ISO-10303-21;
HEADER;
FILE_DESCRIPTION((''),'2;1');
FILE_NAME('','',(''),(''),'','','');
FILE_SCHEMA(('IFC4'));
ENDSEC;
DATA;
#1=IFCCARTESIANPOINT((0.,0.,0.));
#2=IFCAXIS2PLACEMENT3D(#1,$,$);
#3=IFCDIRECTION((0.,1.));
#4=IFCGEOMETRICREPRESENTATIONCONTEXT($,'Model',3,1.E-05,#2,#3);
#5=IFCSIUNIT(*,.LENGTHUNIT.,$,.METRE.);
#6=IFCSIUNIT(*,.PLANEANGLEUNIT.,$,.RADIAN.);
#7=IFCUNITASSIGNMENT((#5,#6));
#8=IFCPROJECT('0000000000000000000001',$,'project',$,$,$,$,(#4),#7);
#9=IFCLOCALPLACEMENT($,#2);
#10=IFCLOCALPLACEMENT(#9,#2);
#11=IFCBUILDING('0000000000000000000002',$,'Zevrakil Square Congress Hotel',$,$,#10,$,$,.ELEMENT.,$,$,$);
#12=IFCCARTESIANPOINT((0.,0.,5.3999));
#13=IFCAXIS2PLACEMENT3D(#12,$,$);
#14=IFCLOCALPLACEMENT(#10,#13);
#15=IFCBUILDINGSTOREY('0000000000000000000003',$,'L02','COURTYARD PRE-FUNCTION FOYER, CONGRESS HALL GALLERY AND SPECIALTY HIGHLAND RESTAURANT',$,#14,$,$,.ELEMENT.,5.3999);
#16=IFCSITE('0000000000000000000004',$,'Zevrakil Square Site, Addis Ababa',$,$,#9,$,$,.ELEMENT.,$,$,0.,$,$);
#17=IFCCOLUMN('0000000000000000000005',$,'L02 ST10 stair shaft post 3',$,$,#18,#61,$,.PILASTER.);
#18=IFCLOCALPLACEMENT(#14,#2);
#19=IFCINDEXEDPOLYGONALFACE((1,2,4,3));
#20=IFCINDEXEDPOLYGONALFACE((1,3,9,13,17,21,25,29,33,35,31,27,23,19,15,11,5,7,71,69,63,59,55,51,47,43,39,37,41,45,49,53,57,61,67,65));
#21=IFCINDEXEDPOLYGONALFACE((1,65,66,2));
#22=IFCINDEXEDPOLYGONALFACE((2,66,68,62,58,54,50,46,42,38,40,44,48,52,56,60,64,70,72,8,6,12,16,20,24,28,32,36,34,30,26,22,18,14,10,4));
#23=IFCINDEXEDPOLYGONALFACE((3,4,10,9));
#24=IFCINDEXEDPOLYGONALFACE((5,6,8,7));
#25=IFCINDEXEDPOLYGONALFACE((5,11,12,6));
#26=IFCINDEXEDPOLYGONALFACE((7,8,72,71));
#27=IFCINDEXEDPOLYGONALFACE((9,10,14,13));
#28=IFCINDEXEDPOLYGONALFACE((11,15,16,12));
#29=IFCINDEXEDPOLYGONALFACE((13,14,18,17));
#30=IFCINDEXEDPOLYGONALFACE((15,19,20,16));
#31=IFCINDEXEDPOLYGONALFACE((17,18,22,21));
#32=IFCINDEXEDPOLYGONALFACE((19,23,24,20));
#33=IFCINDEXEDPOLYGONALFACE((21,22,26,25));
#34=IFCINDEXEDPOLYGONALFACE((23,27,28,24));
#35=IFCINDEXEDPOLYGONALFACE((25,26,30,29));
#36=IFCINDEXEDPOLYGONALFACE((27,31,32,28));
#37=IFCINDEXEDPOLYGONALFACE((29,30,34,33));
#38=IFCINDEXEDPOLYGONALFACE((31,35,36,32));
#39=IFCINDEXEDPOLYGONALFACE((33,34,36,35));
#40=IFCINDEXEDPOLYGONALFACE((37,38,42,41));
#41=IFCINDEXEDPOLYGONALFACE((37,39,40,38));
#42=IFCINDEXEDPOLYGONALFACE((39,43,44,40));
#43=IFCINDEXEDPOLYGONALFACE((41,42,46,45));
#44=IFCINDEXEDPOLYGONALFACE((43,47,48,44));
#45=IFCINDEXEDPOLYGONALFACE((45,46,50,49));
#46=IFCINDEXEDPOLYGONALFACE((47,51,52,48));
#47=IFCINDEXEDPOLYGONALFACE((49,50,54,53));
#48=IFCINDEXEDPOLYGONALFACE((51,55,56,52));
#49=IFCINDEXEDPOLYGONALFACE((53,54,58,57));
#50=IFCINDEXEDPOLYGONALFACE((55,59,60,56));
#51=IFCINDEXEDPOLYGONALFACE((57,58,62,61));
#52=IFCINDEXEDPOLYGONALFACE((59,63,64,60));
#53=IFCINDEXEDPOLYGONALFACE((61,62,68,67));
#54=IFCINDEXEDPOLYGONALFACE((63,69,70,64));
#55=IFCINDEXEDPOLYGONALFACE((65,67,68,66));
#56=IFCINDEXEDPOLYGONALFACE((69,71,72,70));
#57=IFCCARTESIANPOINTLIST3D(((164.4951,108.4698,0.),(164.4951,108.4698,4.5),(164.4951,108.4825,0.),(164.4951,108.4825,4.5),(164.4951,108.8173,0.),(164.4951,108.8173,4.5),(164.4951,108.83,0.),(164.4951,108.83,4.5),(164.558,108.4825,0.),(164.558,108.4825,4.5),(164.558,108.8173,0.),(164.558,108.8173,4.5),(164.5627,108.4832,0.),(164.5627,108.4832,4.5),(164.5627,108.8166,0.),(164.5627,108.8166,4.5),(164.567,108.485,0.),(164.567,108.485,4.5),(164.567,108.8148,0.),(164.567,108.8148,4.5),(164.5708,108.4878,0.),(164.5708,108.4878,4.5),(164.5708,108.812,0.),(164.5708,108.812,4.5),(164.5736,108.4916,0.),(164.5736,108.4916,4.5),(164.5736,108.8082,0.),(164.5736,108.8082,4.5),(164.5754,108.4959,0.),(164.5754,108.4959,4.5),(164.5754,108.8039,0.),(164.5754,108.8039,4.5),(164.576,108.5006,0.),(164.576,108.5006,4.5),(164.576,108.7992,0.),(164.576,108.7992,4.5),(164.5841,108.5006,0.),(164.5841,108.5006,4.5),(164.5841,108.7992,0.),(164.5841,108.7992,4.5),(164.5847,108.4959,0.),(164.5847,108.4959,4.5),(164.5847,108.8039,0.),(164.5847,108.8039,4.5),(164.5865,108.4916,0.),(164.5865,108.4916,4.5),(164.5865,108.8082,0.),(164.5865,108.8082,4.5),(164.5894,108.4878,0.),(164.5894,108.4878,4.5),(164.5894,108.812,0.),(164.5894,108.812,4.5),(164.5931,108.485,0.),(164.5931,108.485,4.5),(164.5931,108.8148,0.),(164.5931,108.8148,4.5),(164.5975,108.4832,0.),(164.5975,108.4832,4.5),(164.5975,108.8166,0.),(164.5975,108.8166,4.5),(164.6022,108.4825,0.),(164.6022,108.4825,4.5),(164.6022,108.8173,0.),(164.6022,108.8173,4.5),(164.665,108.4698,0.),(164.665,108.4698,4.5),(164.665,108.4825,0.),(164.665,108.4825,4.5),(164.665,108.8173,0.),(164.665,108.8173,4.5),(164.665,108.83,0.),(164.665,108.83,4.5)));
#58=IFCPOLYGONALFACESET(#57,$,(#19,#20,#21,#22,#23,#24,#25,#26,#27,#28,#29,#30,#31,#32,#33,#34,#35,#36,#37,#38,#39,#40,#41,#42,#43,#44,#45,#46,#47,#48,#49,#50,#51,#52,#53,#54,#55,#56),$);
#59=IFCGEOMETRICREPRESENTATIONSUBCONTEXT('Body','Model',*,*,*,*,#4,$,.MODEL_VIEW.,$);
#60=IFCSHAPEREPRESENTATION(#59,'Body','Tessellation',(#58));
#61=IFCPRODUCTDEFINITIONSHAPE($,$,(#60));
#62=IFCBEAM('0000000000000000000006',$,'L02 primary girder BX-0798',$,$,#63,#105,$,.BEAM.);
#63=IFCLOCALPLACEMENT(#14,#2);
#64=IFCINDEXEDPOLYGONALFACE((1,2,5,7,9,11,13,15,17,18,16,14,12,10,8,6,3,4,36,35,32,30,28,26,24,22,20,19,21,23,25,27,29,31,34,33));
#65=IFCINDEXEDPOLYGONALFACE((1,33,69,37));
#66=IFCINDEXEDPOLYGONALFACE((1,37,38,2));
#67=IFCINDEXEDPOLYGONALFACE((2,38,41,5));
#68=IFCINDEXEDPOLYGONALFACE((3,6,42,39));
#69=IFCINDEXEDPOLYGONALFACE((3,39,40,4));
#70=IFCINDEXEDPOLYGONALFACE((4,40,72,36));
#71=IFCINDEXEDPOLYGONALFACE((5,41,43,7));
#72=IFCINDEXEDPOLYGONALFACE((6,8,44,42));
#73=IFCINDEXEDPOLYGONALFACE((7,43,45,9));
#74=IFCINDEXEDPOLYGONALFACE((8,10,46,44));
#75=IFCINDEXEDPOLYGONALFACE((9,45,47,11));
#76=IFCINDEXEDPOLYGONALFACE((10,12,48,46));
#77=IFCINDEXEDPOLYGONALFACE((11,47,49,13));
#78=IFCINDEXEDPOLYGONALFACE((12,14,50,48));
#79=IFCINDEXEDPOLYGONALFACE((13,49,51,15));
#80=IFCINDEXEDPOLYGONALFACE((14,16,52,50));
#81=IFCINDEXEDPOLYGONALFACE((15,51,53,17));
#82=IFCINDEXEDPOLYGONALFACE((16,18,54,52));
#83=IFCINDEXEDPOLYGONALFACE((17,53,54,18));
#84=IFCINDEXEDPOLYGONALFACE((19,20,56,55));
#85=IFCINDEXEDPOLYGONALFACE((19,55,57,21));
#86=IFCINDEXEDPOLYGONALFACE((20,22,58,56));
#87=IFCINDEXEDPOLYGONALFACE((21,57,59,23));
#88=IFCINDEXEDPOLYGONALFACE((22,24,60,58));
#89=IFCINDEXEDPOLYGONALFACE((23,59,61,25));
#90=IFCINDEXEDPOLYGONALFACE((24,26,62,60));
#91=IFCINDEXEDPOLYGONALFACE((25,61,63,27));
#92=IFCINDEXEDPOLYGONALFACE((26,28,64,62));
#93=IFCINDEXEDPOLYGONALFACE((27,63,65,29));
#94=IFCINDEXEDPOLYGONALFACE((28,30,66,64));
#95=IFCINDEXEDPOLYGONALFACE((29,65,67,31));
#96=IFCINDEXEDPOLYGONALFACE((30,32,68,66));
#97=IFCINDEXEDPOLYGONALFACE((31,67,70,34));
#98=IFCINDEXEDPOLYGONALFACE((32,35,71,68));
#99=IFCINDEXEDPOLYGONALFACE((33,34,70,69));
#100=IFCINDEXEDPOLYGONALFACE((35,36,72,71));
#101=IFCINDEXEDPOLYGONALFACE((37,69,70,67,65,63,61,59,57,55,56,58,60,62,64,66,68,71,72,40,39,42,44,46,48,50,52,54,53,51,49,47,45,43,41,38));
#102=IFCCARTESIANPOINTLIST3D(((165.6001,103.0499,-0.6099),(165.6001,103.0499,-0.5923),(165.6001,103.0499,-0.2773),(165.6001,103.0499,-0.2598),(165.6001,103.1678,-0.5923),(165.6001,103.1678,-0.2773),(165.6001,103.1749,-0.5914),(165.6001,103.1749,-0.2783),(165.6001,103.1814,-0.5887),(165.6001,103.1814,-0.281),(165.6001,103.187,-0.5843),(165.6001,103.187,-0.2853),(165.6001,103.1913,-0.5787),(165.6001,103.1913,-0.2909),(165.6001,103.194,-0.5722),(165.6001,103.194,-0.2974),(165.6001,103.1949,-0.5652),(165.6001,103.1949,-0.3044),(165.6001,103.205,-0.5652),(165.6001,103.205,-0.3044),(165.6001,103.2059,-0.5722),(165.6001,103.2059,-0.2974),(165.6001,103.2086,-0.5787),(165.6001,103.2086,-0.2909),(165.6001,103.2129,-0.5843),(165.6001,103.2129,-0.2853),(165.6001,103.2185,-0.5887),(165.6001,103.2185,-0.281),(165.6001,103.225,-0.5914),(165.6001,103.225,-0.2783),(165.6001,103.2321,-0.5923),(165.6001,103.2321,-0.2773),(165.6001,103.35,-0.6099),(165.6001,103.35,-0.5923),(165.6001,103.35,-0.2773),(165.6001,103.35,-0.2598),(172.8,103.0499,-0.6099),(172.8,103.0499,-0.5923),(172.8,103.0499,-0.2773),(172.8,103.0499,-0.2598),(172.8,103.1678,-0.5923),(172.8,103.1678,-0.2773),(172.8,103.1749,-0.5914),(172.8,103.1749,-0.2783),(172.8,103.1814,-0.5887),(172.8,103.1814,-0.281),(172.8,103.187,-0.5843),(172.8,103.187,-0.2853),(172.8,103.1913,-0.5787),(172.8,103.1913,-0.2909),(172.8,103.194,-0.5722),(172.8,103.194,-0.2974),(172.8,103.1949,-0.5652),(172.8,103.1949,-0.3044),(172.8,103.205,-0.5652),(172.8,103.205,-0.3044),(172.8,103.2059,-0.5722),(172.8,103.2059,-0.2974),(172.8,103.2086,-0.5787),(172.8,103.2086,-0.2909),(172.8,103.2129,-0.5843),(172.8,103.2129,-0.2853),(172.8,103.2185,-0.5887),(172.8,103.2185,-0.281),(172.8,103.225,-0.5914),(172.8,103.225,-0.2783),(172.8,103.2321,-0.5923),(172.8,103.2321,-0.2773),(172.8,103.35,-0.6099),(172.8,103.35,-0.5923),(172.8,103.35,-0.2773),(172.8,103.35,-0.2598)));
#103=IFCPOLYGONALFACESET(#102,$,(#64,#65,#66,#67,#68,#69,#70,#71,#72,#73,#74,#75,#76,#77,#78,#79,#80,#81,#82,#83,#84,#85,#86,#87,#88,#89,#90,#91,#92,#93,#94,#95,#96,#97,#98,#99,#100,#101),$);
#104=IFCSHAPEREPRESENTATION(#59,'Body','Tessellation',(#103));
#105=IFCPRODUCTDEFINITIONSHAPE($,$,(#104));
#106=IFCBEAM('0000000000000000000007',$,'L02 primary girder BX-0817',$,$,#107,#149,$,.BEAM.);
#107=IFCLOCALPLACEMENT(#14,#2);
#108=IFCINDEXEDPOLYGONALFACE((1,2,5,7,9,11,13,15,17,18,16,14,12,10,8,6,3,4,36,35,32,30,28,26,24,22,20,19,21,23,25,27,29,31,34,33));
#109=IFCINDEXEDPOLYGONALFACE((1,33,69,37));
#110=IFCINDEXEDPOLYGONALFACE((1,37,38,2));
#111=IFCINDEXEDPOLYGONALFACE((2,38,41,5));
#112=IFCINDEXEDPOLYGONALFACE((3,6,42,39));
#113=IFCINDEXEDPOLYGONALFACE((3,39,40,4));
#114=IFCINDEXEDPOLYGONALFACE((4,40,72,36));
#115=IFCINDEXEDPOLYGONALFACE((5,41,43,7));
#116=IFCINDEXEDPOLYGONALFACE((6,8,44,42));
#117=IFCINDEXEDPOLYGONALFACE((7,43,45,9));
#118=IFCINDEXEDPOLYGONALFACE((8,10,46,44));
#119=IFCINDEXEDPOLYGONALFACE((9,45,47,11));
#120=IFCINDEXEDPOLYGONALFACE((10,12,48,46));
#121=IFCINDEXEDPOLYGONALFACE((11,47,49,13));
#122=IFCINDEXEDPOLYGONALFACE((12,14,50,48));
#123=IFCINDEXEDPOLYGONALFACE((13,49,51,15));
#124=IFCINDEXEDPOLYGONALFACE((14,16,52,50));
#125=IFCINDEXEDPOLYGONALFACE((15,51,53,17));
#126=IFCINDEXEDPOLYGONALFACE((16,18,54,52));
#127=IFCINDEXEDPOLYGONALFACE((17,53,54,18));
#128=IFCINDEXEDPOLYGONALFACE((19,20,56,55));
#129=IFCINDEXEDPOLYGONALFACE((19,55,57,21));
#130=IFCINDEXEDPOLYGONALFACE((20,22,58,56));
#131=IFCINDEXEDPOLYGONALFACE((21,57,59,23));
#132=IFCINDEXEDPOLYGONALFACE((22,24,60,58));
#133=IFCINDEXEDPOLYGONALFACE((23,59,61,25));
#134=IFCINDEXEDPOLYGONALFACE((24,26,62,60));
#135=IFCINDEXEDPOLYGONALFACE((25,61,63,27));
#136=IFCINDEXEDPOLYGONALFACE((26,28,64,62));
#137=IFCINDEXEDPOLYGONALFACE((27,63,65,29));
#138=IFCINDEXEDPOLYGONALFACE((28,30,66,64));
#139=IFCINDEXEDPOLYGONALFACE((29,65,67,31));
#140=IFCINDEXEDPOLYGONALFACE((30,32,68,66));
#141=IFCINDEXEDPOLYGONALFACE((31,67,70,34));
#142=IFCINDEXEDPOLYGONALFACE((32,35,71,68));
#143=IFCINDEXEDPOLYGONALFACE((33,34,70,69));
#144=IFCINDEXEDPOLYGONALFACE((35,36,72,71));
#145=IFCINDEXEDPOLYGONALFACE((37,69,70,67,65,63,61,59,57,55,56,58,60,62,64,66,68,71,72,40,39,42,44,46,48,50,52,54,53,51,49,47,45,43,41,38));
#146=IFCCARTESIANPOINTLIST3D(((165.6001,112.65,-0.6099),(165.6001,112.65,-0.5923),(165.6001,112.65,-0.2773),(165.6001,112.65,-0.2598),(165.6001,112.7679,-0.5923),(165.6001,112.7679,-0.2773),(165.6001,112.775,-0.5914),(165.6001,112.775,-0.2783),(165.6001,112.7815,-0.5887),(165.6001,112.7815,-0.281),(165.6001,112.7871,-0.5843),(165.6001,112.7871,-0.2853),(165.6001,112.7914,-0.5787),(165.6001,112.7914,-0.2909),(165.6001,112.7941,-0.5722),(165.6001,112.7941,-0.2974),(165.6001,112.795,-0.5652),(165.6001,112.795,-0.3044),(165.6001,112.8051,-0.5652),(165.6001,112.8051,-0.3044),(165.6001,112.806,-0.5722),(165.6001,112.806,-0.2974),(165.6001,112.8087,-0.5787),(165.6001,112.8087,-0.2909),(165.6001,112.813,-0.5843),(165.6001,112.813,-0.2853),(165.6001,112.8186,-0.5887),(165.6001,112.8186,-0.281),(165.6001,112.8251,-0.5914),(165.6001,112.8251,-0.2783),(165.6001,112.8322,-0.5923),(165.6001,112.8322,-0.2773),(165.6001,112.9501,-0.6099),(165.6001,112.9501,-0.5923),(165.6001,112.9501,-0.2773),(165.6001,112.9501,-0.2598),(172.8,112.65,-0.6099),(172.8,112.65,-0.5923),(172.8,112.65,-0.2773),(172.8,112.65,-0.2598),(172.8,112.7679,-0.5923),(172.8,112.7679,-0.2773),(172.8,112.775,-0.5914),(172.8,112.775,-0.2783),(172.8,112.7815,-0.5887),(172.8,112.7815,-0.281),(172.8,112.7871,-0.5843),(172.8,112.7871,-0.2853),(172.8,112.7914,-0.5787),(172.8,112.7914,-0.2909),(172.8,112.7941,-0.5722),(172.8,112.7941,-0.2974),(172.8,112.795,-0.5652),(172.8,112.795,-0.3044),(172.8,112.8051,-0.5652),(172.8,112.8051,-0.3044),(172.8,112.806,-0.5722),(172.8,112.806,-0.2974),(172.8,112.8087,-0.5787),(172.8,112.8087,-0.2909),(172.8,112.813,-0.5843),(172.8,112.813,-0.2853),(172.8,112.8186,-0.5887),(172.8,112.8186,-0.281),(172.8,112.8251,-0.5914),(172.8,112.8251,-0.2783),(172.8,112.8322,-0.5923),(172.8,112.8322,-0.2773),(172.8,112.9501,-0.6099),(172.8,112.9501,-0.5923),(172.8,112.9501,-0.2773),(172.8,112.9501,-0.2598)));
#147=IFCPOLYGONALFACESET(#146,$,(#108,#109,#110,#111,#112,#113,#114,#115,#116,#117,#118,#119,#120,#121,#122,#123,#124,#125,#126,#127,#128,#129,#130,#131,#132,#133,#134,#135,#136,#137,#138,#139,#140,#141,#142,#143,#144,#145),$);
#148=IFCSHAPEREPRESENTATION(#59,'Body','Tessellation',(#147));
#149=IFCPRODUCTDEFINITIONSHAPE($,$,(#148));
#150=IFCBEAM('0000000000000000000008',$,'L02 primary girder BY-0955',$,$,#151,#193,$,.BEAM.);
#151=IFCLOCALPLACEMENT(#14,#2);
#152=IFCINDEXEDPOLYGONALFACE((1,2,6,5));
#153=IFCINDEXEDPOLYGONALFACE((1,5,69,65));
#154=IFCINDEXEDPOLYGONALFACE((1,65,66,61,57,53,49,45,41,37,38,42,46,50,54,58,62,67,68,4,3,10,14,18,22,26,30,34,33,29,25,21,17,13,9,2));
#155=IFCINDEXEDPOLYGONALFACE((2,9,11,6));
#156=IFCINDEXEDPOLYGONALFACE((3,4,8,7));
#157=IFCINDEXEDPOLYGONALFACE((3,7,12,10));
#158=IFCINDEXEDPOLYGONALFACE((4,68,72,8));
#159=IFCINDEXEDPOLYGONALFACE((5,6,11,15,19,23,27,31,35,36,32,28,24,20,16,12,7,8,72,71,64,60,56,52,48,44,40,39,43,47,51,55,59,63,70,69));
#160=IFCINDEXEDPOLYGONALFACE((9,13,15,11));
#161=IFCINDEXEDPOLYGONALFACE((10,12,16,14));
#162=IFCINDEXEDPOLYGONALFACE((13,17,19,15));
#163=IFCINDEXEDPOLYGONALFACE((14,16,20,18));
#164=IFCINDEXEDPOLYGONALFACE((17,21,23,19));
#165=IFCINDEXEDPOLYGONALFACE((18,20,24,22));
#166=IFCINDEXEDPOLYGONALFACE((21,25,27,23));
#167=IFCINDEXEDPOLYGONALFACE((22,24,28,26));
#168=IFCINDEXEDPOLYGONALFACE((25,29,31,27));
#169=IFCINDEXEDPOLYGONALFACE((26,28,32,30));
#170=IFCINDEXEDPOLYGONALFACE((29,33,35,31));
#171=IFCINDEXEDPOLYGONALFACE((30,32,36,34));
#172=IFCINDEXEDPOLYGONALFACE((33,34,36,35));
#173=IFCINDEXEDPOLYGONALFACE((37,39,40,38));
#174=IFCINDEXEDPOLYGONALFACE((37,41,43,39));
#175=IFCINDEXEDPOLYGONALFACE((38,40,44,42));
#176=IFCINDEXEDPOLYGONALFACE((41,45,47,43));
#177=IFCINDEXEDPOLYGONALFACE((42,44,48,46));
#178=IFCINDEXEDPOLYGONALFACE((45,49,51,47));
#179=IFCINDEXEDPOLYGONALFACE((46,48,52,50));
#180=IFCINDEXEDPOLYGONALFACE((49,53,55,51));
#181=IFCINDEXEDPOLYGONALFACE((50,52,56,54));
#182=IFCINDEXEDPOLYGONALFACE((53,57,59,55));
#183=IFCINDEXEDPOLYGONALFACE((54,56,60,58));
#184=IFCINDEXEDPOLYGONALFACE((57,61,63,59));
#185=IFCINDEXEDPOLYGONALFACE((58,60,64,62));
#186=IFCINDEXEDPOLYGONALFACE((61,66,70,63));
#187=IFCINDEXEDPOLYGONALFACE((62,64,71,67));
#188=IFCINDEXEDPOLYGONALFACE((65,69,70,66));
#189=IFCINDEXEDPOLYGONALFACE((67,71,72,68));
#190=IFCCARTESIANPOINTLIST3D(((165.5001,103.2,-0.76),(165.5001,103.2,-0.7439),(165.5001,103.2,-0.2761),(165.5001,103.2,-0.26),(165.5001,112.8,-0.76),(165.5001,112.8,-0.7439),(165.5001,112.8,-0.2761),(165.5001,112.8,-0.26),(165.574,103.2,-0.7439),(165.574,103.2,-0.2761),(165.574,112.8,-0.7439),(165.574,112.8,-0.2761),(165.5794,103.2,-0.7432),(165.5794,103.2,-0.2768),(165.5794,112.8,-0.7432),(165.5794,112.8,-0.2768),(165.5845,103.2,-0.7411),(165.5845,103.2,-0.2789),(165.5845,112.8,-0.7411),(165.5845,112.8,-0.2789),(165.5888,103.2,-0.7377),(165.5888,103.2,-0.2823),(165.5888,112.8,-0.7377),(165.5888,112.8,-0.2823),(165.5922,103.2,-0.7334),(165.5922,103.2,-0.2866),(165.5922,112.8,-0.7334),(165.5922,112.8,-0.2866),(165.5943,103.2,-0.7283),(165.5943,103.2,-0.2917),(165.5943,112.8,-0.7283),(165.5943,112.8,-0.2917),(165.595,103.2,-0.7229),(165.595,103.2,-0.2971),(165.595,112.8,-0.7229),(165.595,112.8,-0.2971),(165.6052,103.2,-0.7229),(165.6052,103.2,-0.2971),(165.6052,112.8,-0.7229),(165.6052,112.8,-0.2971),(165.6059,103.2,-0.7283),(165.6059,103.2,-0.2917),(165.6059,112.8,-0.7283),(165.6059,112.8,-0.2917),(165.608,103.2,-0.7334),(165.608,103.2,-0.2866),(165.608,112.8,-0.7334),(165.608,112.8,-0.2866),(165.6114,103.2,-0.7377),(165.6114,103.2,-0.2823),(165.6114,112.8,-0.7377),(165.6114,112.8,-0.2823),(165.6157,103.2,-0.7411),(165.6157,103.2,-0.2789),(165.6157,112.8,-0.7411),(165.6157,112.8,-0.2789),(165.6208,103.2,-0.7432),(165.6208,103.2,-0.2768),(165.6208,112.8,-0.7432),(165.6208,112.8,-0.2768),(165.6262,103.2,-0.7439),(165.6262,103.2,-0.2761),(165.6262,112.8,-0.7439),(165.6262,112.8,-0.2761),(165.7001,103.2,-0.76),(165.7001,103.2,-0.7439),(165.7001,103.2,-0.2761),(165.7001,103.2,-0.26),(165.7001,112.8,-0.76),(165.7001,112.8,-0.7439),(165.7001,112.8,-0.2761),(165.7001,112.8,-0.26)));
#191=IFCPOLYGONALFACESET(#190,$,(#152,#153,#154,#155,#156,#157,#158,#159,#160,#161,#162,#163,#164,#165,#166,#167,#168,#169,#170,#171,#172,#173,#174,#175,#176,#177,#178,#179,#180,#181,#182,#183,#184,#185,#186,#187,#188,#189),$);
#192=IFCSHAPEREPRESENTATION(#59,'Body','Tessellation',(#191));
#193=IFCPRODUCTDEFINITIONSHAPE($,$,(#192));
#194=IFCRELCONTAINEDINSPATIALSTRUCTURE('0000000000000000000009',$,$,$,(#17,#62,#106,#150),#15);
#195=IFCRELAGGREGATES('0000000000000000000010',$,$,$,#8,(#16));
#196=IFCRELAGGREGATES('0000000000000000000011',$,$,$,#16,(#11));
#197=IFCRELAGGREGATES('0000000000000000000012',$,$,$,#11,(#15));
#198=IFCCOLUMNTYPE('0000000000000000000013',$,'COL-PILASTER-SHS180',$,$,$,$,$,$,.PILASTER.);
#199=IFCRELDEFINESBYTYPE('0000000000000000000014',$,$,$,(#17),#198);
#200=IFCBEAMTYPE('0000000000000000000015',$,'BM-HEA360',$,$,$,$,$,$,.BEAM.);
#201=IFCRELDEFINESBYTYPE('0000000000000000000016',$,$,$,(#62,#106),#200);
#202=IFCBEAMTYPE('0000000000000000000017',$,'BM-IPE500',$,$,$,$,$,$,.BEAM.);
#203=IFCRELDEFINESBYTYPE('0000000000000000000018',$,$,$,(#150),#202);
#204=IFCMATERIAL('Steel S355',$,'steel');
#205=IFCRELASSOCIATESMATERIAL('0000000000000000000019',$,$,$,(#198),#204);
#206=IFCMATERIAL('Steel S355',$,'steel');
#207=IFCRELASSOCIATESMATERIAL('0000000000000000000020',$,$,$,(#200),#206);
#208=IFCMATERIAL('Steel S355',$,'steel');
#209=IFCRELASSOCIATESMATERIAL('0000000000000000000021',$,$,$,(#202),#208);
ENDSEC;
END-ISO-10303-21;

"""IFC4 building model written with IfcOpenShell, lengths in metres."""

from ifc_helpers import new_model, si_unit, direction, frame, origin, origin_2d, place, context, subcontext, project, spatial, i_section, extrude, material, material_profile, profile_set, type_object, element, save


model = new_model("IFC4")

# Units and contexts
model_context = context("Model", 3, precision=1e-05, world=origin(), true_north=direction((0.0, 1.0)))
body_context = subcontext(model_context, "Body", "Model", "MODEL_VIEW")
ifc_project = project(units=[si_unit("LENGTHUNIT", "METRE"), si_unit("PLANEANGLEUNIT", "RADIAN")], contexts=[model_context])

# Site, building, storey
site_placement = place(None, origin())
site = spatial("IfcSite", under=ifc_project, at=site_placement, Name="Zevrakil Square Site, Addis Ababa", CompositionType="ELEMENT", RefElevation=0.0)
building_placement = place(site_placement, origin())
building = spatial("IfcBuilding", under=site, at=building_placement, Name="Zevrakil Square Congress Hotel", CompositionType="ELEMENT")
storey_placement = place(building_placement, frame((0.0, 0.0, 5.3999)))
storey = spatial("IfcBuildingStorey", under=building, at=storey_placement, Name="L02", Description="COURTYARD PRE-FUNCTION FOYER, CONGRESS HALL GALLERY AND SPECIALTY HIGHLAND RESTAURANT", CompositionType="ELEMENT", Elevation=5.3999)

# Column
ifc_material_1 = material(Name="Steel S355", Category="steel")
ifc_material_profile_1 = material_profile(ifc_material_1, i_section(OverallWidth=0.1699, OverallDepth=0.3601, WebThickness=0.0081, FlangeThickness=0.0127, FilletRadius=0.0181, at=origin_2d()), Name="IPE 360")
ifc_profile_set_1 = profile_set([ifc_material_profile_1], Name="Steel S355")
column_type_1 = type_object("IfcColumnType", Name="COL-PILASTER-SHS180", PredefinedType="PILASTER", material=ifc_profile_set_1)
for number, where, z_axis, x_axis, name in (
    (1, (164.5801, 108.6499, 0.0), (0.0, 0.0, 1.0), (1.0, 0.0, 0.0), "L02 ST10 stair shaft post 3"),
):
    element("IfcColumn", number, at=place(storey_placement, frame(where, z_axis=z_axis, x_axis=x_axis)), inside=storey, type_object=column_type_1, Name=name, PredefinedType="PILASTER", context=body_context, shape_type="SweptSolid", body=[
        extrude(i_section(OverallWidth=0.1699, OverallDepth=0.3601, WebThickness=0.0081, FlangeThickness=0.0127, FilletRadius=0.0181, at=origin_2d()), origin(), (0.0, 0.0, 1.0), 4.5),
    ])

# Beams
ifc_material_2 = material(Name="Steel S355", Category="steel")
ifc_material_profile_2 = material_profile(ifc_material_2, i_section(OverallWidth=0.3, OverallDepth=0.3501, WebThickness=0.01, FlangeThickness=0.0176, FilletRadius=0.0271, at=origin_2d()), Name="HEA 360")
ifc_profile_set_2 = profile_set([ifc_material_profile_2], Name="Steel S355")
beam_type_1 = type_object("IfcBeamType", Name="BM-HEA360", PredefinedType="BEAM", material=ifc_profile_set_2)
for number, where, z_axis, x_axis, name in (
    (2, (165.6001, 103.2, -0.4348), (1.0, 0.0, 0.0), (0.0, 1.0, 0.0), "L02 primary girder BX-0798"),
    (3, (165.6001, 112.8, -0.4348), (1.0, 0.0, 0.0), (0.0, 1.0, 0.0), "L02 primary girder BX-0817"),
):
    element("IfcBeam", number, at=place(storey_placement, frame(where, z_axis=z_axis, x_axis=x_axis)), inside=storey, type_object=beam_type_1, Name=name, PredefinedType="BEAM", context=body_context, shape_type="SweptSolid", body=[
        extrude(i_section(OverallWidth=0.3, OverallDepth=0.3501, WebThickness=0.01, FlangeThickness=0.0176, FilletRadius=0.0271, at=origin_2d()), origin(), (0.0, 0.0, 1.0), 7.2),
    ])
ifc_material_3 = material(Name="Steel S355", Category="steel")
ifc_material_profile_3 = material_profile(ifc_material_3, i_section(OverallWidth=0.2, OverallDepth=0.5, WebThickness=0.0103, FlangeThickness=0.0161, FilletRadius=0.021, at=origin_2d()), Name="IPE 500")
ifc_profile_set_3 = profile_set([ifc_material_profile_3], Name="Steel S355")
beam_type_2 = type_object("IfcBeamType", Name="BM-IPE500", PredefinedType="BEAM", material=ifc_profile_set_3)
beam_1_placement = place(storey_placement, frame((165.6001, 103.2, -0.51), z_axis=(0.0, 1.0, 0.0), x_axis=(-1.0, 0.0, 0.0)))
element("IfcBeam", 4, at=beam_1_placement, inside=storey, type_object=beam_type_2, Name="L02 primary girder BY-0955", PredefinedType="BEAM", context=body_context, shape_type="SweptSolid", body=[
    extrude(i_section(OverallWidth=0.2, OverallDepth=0.5, WebThickness=0.0103, FlangeThickness=0.0161, FilletRadius=0.021, at=origin_2d()), origin(), (0.0, 0.0, 1.0), 9.6001),
])

save(model, "model.ifc")
